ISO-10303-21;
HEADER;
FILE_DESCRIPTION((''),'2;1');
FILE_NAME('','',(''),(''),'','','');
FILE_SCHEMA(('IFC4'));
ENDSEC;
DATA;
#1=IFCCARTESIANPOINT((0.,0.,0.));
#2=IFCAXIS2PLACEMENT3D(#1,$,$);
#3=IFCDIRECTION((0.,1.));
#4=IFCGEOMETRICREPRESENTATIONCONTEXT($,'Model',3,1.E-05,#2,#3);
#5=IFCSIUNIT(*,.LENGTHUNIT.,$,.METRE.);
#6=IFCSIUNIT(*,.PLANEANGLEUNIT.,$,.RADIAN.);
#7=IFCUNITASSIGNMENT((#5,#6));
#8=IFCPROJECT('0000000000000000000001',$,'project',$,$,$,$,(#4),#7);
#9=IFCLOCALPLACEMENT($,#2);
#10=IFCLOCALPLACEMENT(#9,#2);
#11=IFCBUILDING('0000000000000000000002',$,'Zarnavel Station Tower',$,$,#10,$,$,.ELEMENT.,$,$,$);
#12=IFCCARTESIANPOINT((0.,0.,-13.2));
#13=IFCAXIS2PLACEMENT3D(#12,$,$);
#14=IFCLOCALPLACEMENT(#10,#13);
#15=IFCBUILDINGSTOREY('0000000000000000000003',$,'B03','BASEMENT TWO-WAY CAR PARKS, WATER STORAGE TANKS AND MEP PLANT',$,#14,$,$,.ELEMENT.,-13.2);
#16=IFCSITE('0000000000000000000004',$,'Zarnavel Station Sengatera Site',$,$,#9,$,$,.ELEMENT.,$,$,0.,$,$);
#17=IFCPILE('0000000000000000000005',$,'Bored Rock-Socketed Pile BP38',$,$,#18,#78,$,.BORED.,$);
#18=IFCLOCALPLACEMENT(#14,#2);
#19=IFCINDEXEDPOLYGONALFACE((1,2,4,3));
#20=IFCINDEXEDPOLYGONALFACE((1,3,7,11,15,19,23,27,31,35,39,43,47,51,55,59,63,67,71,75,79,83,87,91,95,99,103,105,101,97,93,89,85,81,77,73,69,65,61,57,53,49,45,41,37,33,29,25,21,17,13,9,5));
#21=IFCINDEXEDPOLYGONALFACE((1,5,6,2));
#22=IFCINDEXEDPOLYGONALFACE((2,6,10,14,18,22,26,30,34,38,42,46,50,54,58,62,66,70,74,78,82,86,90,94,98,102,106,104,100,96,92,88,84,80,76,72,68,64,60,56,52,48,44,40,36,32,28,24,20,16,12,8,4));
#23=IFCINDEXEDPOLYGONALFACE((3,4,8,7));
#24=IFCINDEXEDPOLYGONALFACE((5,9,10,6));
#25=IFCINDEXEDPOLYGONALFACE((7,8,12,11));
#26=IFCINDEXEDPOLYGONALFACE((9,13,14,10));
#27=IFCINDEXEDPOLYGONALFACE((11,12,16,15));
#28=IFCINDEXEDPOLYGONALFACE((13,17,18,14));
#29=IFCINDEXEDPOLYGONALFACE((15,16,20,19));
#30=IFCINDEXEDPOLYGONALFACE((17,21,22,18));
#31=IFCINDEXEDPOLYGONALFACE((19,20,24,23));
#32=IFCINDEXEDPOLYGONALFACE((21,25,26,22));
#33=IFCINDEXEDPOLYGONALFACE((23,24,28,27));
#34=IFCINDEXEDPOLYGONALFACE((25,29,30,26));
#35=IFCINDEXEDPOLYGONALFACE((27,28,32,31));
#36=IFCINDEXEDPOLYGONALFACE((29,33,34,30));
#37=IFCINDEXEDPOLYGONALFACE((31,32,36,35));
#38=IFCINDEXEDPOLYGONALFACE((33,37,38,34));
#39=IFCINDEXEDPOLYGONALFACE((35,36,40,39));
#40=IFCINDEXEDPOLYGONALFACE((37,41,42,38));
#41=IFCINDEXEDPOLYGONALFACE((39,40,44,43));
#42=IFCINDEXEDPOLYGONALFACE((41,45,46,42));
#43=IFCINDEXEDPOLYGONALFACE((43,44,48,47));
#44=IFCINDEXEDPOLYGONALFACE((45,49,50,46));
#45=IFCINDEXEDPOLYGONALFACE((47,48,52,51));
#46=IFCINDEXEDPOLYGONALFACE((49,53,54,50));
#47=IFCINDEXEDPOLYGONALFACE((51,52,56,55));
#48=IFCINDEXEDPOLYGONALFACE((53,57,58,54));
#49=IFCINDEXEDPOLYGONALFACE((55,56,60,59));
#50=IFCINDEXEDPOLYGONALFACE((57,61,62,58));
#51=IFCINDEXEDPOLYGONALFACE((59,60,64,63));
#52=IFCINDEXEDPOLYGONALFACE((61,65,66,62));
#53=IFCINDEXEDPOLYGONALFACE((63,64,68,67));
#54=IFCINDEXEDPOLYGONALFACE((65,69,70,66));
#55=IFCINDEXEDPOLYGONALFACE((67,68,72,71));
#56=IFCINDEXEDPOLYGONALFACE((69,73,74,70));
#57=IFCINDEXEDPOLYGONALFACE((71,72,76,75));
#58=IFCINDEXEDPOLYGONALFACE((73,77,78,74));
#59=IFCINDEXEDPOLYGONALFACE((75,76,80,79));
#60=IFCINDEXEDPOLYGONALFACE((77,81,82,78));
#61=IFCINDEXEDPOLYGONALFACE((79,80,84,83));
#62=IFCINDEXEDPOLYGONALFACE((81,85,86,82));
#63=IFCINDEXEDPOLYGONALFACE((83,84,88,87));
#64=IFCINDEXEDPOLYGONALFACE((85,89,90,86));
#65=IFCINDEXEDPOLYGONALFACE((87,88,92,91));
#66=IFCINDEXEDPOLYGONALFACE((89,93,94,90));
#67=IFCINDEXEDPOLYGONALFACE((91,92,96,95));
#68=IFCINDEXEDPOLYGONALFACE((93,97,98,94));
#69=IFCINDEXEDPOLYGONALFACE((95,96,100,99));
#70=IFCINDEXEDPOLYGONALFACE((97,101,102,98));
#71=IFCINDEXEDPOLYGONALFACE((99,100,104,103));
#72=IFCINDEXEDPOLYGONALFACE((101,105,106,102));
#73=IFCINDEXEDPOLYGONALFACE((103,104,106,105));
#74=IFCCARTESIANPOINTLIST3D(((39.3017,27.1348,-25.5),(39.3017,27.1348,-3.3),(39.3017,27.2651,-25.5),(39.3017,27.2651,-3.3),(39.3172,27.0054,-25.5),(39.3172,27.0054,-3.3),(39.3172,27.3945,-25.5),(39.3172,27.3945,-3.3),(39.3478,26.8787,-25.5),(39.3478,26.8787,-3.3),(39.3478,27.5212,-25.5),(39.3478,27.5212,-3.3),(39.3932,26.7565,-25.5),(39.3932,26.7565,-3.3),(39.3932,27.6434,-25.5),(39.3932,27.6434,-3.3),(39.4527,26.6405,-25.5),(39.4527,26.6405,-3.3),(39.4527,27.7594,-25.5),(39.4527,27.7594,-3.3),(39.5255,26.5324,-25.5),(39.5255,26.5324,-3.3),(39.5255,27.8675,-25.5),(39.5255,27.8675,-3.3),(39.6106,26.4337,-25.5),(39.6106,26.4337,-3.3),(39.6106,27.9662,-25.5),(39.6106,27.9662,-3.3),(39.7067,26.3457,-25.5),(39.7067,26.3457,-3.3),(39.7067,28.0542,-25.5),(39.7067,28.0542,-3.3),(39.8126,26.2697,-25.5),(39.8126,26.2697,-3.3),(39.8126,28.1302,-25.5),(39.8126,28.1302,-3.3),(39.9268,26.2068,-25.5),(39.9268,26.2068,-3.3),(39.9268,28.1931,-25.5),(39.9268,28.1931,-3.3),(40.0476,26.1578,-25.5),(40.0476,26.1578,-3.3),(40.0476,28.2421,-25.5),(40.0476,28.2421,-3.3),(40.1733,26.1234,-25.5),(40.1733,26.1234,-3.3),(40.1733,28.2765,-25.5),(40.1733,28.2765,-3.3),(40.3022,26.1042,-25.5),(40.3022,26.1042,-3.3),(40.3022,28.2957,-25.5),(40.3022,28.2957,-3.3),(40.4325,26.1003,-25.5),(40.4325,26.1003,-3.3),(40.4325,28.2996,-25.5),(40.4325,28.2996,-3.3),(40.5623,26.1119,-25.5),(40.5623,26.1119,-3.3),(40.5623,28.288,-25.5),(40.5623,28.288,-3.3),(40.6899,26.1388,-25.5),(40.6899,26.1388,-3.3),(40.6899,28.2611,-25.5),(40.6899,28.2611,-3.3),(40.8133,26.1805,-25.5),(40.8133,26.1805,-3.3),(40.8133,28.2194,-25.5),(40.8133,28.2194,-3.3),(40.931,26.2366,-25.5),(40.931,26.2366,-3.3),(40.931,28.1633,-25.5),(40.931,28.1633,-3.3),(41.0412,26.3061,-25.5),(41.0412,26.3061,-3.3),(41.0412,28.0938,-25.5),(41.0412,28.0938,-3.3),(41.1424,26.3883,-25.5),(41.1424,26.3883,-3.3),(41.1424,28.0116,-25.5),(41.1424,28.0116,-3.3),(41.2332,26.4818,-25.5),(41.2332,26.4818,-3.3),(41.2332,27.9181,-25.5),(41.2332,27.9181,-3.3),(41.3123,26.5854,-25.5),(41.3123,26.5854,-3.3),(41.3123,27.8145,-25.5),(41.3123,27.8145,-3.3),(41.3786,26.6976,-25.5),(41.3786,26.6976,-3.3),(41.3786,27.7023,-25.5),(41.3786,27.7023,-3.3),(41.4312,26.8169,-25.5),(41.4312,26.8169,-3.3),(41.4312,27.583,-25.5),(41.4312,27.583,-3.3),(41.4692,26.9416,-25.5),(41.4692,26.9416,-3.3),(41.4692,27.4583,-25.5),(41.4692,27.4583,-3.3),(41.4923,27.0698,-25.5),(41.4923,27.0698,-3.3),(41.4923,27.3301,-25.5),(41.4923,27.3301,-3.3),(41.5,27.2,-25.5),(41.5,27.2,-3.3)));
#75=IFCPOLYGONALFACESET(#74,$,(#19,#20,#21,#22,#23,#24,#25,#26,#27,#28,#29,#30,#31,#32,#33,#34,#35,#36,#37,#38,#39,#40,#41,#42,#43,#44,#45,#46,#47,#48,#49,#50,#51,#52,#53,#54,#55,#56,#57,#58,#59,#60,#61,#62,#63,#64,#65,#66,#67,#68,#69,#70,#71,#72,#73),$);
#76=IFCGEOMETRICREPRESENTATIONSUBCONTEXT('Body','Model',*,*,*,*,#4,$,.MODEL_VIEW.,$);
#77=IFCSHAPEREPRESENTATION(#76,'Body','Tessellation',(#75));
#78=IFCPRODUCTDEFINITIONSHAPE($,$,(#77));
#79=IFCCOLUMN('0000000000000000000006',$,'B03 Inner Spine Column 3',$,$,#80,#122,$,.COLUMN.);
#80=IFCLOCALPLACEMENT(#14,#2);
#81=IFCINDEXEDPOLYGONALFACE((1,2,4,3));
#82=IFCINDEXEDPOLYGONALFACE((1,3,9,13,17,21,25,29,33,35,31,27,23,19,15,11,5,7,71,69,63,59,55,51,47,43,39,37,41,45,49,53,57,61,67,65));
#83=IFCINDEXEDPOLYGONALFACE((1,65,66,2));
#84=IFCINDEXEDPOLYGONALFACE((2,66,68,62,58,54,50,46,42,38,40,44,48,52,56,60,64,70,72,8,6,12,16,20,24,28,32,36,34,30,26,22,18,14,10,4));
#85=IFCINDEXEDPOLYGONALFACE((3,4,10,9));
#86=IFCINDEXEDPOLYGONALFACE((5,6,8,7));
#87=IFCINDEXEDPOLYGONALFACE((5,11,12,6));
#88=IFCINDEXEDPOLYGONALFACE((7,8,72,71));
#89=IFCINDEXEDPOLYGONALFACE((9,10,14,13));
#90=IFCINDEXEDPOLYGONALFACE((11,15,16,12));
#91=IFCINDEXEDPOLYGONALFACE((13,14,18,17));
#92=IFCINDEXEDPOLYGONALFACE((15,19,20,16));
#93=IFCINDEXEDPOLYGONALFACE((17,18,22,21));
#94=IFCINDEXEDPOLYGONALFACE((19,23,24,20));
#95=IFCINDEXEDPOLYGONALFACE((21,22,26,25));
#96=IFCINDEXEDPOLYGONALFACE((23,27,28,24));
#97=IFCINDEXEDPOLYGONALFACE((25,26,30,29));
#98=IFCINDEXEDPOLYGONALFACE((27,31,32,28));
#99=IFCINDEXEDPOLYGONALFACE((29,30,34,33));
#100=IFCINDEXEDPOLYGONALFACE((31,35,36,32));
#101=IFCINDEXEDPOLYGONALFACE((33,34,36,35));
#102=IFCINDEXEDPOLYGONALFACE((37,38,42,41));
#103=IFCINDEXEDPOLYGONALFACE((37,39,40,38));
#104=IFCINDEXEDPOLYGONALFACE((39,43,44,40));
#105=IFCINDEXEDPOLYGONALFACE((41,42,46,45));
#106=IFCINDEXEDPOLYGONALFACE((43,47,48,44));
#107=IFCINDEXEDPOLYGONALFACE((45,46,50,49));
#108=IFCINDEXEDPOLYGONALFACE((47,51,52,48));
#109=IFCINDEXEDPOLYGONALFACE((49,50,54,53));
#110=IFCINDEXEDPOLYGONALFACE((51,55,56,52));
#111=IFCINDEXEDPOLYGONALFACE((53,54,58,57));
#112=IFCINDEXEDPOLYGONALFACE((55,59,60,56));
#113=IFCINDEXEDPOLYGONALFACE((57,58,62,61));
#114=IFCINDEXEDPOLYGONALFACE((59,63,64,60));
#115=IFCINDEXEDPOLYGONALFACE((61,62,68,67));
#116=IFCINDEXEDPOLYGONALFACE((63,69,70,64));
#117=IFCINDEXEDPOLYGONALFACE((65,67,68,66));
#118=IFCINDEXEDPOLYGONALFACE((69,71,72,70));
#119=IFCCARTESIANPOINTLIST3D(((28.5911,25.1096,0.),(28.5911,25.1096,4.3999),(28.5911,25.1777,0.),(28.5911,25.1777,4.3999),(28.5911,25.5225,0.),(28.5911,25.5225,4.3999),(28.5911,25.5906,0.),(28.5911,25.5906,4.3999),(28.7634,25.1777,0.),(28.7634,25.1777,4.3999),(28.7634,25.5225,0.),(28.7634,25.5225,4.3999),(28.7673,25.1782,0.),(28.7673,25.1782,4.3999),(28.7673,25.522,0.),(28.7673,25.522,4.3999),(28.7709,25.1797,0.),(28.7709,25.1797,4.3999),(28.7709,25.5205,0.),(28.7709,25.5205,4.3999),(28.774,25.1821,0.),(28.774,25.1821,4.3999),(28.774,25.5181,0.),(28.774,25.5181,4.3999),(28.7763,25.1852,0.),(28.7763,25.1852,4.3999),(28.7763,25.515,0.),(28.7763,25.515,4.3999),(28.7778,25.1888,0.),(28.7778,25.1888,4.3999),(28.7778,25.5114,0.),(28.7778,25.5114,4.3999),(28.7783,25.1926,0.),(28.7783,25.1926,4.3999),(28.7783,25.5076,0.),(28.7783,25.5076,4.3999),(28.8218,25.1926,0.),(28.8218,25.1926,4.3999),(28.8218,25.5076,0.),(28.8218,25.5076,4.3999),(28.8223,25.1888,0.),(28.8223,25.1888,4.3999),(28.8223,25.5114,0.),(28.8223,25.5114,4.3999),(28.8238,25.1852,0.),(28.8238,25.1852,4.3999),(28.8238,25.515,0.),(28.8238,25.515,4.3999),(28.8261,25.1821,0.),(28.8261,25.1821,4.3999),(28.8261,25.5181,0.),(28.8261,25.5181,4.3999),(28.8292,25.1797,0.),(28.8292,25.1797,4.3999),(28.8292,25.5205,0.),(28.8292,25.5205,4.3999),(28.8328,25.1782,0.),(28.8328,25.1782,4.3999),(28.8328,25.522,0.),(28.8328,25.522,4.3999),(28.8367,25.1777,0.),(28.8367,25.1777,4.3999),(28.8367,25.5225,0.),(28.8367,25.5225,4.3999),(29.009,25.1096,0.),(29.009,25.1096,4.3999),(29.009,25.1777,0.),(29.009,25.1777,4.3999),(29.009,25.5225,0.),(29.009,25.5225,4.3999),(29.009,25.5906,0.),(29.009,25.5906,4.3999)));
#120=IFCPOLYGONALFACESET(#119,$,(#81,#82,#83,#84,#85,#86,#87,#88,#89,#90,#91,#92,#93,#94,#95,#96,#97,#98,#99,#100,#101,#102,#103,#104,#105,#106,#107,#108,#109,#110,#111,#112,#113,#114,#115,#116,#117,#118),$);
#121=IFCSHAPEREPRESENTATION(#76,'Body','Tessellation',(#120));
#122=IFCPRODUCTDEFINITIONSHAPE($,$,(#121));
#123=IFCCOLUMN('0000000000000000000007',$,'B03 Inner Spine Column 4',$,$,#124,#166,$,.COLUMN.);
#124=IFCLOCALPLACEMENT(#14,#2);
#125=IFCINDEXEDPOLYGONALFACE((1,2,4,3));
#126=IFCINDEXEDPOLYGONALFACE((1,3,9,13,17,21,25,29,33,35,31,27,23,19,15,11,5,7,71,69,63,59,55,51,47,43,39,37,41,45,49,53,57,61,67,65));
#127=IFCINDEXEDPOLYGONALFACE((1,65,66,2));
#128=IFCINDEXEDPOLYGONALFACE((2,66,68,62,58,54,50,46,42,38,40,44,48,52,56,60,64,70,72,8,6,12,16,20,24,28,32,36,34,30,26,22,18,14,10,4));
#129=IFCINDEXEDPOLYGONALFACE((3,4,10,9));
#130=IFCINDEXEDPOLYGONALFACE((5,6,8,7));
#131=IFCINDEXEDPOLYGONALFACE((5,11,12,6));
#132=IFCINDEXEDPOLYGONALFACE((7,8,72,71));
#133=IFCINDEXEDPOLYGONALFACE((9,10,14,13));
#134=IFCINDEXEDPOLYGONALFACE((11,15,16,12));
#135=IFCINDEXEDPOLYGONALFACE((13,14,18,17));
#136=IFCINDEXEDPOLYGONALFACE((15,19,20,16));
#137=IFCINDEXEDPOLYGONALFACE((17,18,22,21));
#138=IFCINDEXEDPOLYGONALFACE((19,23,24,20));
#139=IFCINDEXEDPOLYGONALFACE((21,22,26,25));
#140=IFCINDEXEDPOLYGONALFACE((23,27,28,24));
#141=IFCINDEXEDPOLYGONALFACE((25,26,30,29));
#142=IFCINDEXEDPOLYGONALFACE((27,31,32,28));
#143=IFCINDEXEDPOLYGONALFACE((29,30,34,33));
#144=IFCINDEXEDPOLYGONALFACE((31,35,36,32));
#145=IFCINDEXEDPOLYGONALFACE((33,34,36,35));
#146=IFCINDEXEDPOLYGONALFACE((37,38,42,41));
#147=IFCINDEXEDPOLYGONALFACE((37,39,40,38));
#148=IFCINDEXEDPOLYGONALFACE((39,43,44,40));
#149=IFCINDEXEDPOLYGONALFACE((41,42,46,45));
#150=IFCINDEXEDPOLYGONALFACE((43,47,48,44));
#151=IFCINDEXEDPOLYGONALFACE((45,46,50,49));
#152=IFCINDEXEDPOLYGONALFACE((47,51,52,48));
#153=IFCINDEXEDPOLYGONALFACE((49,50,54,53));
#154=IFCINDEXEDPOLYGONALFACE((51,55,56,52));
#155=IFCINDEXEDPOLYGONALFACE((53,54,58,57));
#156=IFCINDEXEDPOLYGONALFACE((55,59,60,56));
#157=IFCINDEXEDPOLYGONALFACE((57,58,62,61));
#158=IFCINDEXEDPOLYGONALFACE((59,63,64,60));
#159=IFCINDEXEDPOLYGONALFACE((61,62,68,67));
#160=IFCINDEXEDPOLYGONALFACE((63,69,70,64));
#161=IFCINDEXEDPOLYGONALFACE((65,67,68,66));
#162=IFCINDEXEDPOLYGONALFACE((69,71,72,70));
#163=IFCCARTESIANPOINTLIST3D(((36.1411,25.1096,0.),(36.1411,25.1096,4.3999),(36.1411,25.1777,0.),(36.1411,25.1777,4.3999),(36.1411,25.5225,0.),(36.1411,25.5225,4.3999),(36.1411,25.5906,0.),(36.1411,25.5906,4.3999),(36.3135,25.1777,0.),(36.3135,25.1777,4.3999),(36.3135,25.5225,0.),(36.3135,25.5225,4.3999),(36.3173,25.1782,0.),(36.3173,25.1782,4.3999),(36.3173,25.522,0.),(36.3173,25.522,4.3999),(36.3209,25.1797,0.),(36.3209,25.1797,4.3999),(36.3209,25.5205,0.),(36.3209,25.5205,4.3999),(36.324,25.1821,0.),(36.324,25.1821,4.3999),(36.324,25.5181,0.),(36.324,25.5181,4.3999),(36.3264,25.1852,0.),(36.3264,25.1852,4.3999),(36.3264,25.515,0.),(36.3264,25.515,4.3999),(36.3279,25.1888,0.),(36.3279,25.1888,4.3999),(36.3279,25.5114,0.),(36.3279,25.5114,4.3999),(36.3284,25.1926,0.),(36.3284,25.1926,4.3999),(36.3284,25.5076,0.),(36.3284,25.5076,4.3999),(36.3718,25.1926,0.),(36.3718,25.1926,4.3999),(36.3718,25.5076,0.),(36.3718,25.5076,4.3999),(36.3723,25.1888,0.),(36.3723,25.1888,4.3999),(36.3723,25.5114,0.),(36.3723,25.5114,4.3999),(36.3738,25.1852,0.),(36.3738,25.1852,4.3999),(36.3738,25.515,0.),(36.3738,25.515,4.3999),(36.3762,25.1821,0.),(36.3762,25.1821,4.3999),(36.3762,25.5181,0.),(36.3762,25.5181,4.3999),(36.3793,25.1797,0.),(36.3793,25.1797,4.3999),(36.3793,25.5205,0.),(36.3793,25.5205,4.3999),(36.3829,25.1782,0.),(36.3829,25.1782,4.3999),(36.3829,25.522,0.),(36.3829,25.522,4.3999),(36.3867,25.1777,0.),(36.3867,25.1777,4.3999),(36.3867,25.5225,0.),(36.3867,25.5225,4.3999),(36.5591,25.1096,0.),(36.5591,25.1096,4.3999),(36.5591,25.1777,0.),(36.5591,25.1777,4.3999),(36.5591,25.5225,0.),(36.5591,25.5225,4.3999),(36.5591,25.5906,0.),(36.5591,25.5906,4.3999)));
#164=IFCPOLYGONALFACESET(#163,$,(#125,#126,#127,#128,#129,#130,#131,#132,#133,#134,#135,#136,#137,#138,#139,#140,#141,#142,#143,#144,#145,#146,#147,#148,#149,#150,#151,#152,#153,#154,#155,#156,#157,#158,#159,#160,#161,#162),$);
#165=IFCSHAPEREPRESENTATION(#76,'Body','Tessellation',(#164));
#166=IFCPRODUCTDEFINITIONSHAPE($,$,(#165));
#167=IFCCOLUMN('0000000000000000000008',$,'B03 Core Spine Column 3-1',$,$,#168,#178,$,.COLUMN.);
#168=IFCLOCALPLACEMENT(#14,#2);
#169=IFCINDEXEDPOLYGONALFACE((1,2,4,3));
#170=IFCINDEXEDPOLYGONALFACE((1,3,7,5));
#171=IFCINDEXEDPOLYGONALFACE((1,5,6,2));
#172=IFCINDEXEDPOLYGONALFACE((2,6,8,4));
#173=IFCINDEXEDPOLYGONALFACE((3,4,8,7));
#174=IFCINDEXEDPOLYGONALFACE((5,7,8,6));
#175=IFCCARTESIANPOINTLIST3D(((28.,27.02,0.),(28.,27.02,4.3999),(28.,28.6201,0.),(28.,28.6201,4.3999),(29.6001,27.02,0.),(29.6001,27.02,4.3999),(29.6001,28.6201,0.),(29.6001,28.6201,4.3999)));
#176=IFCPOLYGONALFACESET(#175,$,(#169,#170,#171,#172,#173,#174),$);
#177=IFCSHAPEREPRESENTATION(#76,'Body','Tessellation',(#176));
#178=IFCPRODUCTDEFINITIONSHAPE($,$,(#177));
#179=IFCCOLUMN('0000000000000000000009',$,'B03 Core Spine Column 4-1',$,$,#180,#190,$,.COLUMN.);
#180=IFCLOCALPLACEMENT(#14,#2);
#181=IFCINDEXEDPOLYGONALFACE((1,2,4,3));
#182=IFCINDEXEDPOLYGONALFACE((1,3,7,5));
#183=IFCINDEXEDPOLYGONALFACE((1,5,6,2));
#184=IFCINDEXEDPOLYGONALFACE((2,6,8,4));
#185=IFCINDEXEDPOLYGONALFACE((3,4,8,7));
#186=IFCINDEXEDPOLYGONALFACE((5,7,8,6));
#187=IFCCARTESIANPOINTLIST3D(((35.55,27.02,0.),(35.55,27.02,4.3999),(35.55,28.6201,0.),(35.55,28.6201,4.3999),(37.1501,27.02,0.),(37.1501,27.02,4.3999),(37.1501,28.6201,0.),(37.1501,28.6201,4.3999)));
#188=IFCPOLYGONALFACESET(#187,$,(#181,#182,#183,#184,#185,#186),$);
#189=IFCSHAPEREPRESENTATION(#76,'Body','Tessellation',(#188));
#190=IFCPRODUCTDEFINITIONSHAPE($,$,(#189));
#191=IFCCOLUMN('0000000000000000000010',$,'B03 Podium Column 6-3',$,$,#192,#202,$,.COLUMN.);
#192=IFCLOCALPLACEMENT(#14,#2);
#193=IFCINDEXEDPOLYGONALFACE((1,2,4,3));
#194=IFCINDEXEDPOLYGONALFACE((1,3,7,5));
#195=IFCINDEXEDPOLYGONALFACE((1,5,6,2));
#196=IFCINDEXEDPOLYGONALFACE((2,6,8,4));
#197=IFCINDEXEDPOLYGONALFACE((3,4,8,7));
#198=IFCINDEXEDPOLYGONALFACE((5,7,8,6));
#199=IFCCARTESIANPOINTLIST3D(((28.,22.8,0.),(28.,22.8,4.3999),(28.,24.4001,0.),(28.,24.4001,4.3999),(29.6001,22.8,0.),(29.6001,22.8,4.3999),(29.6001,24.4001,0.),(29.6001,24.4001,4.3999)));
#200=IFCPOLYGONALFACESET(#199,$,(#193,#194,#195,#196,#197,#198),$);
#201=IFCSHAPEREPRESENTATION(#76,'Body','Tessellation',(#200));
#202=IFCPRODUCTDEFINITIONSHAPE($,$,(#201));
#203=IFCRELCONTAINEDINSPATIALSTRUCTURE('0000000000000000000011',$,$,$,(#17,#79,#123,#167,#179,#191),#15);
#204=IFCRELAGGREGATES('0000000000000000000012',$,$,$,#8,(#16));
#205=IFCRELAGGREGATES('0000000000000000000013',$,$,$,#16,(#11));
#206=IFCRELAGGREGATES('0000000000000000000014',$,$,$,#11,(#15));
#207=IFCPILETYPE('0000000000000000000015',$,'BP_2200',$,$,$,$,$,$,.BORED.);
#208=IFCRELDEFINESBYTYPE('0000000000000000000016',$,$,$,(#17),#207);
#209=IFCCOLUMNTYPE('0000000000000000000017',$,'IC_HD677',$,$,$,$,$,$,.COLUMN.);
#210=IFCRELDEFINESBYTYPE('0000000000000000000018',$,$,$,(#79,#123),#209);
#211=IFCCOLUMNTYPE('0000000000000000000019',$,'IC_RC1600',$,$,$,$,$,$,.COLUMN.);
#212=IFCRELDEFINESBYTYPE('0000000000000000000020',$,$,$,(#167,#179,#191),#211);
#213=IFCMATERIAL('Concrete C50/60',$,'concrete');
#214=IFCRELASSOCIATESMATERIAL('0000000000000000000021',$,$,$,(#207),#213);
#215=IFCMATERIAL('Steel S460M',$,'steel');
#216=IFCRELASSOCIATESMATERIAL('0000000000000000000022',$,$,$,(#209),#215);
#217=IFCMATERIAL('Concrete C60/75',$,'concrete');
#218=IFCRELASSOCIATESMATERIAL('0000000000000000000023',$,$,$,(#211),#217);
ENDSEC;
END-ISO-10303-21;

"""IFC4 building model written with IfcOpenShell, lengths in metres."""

from ifc_helpers import new_model, si_unit, direction, frame, origin, origin_2d, place, context, subcontext, project, spatial, rectangle, circle, i_section, extrude, material, material_profile, profile_set, type_object, element, save


model = new_model("IFC4")

# Units and contexts
model_context = context("Model", 3, precision=1e-05, world=origin(), true_north=direction((0.0, 1.0)))
body_context = subcontext(model_context, "Body", "Model", "MODEL_VIEW")
ifc_project = project(units=[si_unit("LENGTHUNIT", "METRE"), si_unit("PLANEANGLEUNIT", "RADIAN")], contexts=[model_context])

# Site, building, storey
site_placement = place(None, origin())
site = spatial("IfcSite", under=ifc_project, at=site_placement, Name="Zarnavel Station Sengatera Site", CompositionType="ELEMENT", RefElevation=0.0)
building_placement = place(site_placement, origin())
building = spatial("IfcBuilding", under=site, at=building_placement, Name="Zarnavel Station Tower", CompositionType="ELEMENT")
storey_placement = place(building_placement, frame((0.0, 0.0, -13.2)))
storey = spatial("IfcBuildingStorey", under=building, at=storey_placement, Name="B03", Description="BASEMENT TWO-WAY CAR PARKS, WATER STORAGE TANKS AND MEP PLANT", CompositionType="ELEMENT", Elevation=-13.2)

# Pile
ifc_material_1 = material(Name="Concrete C50/60", Category="concrete")
ifc_material_profile_1 = material_profile(ifc_material_1, circle(Radius=1.1001, at=origin_2d()), Name="PILE2200")
ifc_profile_set_1 = profile_set([ifc_material_profile_1], Name="Concrete C50/60")
pile_type = type_object("IfcPileType", Name="BP_2200", PredefinedType="BORED", material=ifc_profile_set_1)
for number, where, z_axis, x_axis, name in (
    (1, (40.3999, 27.2, -3.3), (0.0, 0.0, -1.0), (1.0, 0.0, 0.0), "Bored Rock-Socketed Pile BP38"),
):
    element("IfcPile", number, at=place(storey_placement, frame(where, z_axis=z_axis, x_axis=x_axis)), inside=storey, type_object=pile_type, Name=name, PredefinedType="BORED", context=body_context, shape_type="SweptSolid", body=[
        extrude(circle(Radius=1.1001, at=origin_2d()), origin(), (0.0, 0.0, 1.0), 22.2),
    ])

# Columns
ifc_material_2 = material(Name="Steel S460M", Category="steel")
ifc_material_profile_2 = material_profile(ifc_material_2, i_section(OverallWidth=0.418, OverallDepth=0.481, WebThickness=0.0435, FlangeThickness=0.0681, FilletRadius=0.0149, at=origin_2d()), Name="HD400x677")
ifc_profile_set_2 = profile_set([ifc_material_profile_2], Name="Steel S460M")
column_type_1 = type_object("IfcColumnType", Name="IC_HD677", PredefinedType="COLUMN", material=ifc_profile_set_2)
for number, where, z_axis, x_axis, name in (
    (2, (28.8, 25.3501, 0.0), (0.0, 0.0, 1.0), (1.0, 0.0, 0.0), "B03 Inner Spine Column 3"),
    (3, (36.3501, 25.3501, 0.0), (0.0, 0.0, 1.0), (1.0, 0.0, 0.0), "B03 Inner Spine Column 4"),
):
    element("IfcColumn", number, at=place(storey_placement, frame(where, z_axis=z_axis, x_axis=x_axis)), inside=storey, type_object=column_type_1, Name=name, PredefinedType="COLUMN", context=body_context, shape_type="SweptSolid", body=[
        extrude(i_section(OverallWidth=0.418, OverallDepth=0.481, WebThickness=0.0435, FlangeThickness=0.0681, FilletRadius=0.0149, at=origin_2d()), origin(), (0.0, 0.0, 1.0), 4.3999),
    ])
ifc_material_3 = material(Name="Concrete C60/75", Category="concrete")
ifc_material_profile_3 = material_profile(ifc_material_3, rectangle(XDim=1.6001, YDim=1.6001, at=origin_2d()), Name="RC1600x1600")
ifc_profile_set_3 = profile_set([ifc_material_profile_3], Name="Concrete C60/75")
column_type_2 = type_object("IfcColumnType", Name="IC_RC1600", PredefinedType="COLUMN", material=ifc_profile_set_3)
for number, where, z_axis, x_axis, name in (
    (4, (28.8, 27.8201, 0.0), (0.0, 0.0, 1.0), (1.0, 0.0, 0.0), "B03 Core Spine Column 3-1"),
    (5, (36.3501, 27.8201, 0.0), (0.0, 0.0, 1.0), (1.0, 0.0, 0.0), "B03 Core Spine Column 4-1"),
    (6, (28.8, 23.6001, 0.0), (0.0, 0.0, 1.0), (1.0, 0.0, 0.0), "B03 Podium Column 6-3"),
):
    element("IfcColumn", number, at=place(storey_placement, frame(where, z_axis=z_axis, x_axis=x_axis)), inside=storey, type_object=column_type_2, Name=name, PredefinedType="COLUMN", context=body_context, shape_type="SweptSolid", body=[
        extrude(rectangle(XDim=1.6001, YDim=1.6001, at=origin_2d()), origin(), (0.0, 0.0, 1.0), 4.3999),
    ])

save(model, "model.ifc")
